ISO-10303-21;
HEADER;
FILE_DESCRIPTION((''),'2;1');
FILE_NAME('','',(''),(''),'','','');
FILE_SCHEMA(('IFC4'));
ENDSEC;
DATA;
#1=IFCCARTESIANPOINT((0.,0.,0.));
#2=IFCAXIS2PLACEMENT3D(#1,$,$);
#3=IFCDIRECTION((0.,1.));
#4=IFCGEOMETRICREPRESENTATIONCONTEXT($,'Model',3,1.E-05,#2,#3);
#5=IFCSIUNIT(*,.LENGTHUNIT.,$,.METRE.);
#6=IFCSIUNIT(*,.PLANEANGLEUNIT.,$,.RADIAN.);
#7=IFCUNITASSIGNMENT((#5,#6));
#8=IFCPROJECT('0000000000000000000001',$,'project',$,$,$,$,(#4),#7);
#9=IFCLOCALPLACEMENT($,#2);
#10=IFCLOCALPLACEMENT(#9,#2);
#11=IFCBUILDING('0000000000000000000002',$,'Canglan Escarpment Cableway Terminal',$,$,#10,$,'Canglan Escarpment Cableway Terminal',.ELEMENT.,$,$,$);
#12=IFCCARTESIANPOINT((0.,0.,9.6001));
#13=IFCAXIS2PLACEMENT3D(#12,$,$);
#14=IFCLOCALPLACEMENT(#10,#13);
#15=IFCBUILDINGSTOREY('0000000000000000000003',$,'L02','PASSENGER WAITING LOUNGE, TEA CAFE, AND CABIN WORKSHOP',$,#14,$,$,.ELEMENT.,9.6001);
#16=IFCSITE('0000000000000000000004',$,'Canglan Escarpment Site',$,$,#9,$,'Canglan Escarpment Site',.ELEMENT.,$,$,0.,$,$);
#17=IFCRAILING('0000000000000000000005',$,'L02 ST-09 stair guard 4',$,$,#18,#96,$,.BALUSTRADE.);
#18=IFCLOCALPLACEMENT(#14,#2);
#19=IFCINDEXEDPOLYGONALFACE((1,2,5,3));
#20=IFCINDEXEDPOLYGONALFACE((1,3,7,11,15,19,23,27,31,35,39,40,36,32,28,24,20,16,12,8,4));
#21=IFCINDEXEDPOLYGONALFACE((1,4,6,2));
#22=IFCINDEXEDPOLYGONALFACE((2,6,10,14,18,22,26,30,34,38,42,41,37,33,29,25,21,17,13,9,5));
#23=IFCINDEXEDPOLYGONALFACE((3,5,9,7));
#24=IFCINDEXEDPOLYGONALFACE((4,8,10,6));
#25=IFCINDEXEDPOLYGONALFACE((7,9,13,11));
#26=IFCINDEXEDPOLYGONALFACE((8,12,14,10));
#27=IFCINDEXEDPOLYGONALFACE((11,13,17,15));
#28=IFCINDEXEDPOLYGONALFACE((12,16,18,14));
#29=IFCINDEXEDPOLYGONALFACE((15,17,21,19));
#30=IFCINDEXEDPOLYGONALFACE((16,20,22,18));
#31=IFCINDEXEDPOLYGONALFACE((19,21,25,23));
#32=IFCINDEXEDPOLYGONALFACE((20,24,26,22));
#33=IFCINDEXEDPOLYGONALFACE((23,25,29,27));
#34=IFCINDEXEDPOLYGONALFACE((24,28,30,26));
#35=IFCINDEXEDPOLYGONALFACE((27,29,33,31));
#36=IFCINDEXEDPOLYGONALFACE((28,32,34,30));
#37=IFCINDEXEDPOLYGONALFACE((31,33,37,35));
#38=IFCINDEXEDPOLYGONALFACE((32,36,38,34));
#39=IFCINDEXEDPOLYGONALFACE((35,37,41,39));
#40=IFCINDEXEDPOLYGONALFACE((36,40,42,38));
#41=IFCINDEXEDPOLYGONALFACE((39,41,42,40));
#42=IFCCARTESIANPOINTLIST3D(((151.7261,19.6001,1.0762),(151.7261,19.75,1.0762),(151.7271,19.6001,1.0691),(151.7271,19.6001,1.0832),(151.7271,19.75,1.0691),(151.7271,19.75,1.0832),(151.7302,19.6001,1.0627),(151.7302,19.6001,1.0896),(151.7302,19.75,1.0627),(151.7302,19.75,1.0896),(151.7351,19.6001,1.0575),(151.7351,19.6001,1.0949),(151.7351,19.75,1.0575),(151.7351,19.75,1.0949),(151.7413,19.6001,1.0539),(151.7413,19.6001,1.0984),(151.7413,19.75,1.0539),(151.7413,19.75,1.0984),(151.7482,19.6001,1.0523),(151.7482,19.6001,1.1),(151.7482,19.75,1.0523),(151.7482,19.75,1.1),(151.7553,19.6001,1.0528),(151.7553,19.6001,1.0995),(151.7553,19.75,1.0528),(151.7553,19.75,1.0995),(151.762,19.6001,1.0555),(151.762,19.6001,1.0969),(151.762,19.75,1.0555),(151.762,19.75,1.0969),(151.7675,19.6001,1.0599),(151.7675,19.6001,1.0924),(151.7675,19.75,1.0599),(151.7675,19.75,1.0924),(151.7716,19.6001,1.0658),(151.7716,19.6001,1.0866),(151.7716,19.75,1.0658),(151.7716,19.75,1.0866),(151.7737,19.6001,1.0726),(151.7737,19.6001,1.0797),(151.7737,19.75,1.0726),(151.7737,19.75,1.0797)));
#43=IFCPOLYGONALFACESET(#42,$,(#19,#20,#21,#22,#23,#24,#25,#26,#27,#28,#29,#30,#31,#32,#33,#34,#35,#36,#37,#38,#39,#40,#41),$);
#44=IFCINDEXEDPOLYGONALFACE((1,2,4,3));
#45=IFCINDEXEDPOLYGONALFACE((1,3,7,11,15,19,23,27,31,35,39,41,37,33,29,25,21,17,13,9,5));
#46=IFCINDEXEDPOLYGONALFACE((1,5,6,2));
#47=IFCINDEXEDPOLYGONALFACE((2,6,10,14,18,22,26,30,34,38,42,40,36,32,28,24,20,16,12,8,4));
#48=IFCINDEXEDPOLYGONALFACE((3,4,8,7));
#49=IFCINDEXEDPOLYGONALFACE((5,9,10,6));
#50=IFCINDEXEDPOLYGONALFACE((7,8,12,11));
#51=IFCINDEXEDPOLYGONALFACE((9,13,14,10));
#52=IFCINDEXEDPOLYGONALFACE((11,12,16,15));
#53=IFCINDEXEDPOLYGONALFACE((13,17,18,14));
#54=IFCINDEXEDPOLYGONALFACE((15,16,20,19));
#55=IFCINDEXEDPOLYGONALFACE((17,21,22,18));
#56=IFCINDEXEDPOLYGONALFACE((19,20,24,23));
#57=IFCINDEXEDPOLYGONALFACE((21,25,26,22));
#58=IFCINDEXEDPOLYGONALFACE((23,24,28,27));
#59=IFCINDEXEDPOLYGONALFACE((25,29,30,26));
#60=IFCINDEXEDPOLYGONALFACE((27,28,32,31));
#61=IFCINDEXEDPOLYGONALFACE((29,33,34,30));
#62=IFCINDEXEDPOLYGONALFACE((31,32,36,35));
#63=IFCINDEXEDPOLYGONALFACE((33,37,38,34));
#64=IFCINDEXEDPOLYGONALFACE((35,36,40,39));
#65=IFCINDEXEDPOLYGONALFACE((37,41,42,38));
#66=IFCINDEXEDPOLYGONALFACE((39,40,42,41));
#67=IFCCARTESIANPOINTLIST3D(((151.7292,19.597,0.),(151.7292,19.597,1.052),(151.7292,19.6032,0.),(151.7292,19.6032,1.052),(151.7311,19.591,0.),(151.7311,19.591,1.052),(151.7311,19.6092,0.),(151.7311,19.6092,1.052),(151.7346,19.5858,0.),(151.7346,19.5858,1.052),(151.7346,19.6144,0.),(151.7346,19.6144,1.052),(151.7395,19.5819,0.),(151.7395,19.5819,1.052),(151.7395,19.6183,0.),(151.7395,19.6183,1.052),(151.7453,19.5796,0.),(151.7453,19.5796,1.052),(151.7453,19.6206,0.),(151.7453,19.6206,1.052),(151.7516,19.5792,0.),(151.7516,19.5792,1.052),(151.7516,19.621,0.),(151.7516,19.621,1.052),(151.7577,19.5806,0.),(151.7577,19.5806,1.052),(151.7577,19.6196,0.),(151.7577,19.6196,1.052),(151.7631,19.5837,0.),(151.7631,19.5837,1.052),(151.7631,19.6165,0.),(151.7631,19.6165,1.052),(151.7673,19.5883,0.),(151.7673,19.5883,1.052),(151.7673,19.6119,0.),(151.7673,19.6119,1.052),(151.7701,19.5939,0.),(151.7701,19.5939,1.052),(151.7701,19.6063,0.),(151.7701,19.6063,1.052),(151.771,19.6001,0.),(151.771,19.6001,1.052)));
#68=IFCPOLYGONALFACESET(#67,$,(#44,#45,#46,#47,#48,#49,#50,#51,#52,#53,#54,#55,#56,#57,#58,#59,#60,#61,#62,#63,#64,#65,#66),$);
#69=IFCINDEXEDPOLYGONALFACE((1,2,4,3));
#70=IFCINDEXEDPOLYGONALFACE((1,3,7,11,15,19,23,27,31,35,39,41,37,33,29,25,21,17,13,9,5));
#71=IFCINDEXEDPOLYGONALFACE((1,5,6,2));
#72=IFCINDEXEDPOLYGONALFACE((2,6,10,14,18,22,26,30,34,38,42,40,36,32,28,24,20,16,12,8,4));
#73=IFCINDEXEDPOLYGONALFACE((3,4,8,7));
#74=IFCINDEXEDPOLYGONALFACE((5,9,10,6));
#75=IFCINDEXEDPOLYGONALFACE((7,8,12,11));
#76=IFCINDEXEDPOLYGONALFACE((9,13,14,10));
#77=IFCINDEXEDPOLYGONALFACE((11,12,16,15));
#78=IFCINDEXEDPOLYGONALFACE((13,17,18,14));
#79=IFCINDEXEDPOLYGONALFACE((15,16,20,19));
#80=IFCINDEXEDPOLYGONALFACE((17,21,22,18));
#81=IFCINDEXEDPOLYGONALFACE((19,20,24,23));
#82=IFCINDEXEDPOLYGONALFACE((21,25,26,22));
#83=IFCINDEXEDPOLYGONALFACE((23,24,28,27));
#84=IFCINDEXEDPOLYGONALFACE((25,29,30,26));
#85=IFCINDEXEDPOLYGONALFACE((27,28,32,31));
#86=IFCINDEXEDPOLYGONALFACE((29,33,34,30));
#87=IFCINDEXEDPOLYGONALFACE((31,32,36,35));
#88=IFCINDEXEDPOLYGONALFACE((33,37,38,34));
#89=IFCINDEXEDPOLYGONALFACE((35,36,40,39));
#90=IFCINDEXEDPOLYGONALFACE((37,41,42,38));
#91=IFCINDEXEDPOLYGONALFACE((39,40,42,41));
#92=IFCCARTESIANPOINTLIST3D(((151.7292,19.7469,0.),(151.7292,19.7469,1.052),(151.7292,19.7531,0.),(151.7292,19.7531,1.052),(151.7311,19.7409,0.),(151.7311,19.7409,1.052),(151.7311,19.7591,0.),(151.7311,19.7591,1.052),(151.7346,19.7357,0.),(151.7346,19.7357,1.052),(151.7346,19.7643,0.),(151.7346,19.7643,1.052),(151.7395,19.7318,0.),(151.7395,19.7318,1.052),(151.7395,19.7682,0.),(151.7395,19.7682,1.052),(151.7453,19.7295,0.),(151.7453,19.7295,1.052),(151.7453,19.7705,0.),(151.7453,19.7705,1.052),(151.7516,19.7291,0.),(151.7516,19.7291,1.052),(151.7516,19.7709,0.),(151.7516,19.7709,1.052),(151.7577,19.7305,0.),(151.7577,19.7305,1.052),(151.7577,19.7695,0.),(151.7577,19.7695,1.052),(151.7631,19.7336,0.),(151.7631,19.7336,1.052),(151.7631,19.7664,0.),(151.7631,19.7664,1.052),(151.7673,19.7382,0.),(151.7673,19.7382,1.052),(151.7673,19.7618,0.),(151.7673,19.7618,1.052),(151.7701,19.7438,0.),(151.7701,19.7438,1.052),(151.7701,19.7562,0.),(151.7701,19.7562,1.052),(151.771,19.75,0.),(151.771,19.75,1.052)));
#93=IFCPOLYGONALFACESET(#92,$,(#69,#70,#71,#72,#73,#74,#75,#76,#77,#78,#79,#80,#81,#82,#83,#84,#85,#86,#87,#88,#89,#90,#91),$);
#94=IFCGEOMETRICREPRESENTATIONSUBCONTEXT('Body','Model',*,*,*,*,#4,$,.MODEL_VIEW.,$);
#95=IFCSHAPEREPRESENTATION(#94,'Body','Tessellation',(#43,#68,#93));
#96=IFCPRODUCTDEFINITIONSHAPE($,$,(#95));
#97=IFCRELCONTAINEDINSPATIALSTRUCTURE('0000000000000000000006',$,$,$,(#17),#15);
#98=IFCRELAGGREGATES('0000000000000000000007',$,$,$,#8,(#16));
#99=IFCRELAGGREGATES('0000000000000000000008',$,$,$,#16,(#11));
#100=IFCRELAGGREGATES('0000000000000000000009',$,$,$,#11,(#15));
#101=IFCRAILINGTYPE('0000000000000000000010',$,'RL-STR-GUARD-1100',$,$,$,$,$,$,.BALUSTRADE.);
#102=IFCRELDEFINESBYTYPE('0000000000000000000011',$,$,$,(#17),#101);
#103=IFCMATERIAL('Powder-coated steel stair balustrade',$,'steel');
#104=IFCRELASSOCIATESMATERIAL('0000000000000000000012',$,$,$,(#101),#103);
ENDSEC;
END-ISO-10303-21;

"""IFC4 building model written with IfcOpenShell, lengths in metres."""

from ifc_helpers import new_model, si_unit, direction, frame, origin, origin_2d, place, context, subcontext, project, spatial, circle, extrude, material, type_object, element, save


model = new_model("IFC4")

# Units and contexts
model_context = context("Model", 3, precision=1e-05, world=origin(), true_north=direction((0.0, 1.0)))
body_context = subcontext(model_context, "Body", "Model", "MODEL_VIEW")
ifc_project = project(units=[si_unit("LENGTHUNIT", "METRE"), si_unit("PLANEANGLEUNIT", "RADIAN")], contexts=[model_context])

# Site, building, storey
site_placement = place(None, origin())
site = spatial("IfcSite", under=ifc_project, at=site_placement, Name="Canglan Escarpment Site", LongName="Canglan Escarpment Site", CompositionType="ELEMENT", RefElevation=0.0)
building_placement = place(site_placement, origin())
building = spatial("IfcBuilding", under=site, at=building_placement, Name="Canglan Escarpment Cableway Terminal", LongName="Canglan Escarpment Cableway Terminal", CompositionType="ELEMENT")
storey_placement = place(building_placement, frame((0.0, 0.0, 9.6001)))
storey = spatial("IfcBuildingStorey", under=building, at=storey_placement, Name="L02", Description="PASSENGER WAITING LOUNGE, TEA CAFE, AND CABIN WORKSHOP", CompositionType="ELEMENT", Elevation=9.6001)

# Railing
ifc_material_1 = material(Name="Powder-coated steel stair balustrade", Category="steel")
railing_type_1 = type_object("IfcRailingType", Name="RL-STR-GUARD-1100", PredefinedType="BALUSTRADE", material=ifc_material_1)
railing_1_placement = place(storey_placement, frame((151.75, 19.6001, 0.0)))
element("IfcRailing", 1, at=railing_1_placement, inside=storey, type_object=railing_type_1, Name="L02 ST-09 stair guard 4", PredefinedType="BALUSTRADE", context=body_context, shape_type="SweptSolid", body=[
    extrude(circle(Radius=0.0239, at=origin_2d()), frame((0.0, 0.0, 1.0762), z_axis=(0.0, 1.0, 0.0), x_axis=(-1.0, 0.0, 0.0)), (0.0, 0.0, 1.0), 0.1499),
    extrude(circle(Radius=0.021, at=origin_2d()), origin(), (0.0, 0.0, 1.0), 1.052),
    extrude(circle(Radius=0.021, at=origin_2d()), frame((0.0, 0.1499, 0.0)), (0.0, 0.0, 1.0), 1.052),
])

save(model, "model.ifc")
